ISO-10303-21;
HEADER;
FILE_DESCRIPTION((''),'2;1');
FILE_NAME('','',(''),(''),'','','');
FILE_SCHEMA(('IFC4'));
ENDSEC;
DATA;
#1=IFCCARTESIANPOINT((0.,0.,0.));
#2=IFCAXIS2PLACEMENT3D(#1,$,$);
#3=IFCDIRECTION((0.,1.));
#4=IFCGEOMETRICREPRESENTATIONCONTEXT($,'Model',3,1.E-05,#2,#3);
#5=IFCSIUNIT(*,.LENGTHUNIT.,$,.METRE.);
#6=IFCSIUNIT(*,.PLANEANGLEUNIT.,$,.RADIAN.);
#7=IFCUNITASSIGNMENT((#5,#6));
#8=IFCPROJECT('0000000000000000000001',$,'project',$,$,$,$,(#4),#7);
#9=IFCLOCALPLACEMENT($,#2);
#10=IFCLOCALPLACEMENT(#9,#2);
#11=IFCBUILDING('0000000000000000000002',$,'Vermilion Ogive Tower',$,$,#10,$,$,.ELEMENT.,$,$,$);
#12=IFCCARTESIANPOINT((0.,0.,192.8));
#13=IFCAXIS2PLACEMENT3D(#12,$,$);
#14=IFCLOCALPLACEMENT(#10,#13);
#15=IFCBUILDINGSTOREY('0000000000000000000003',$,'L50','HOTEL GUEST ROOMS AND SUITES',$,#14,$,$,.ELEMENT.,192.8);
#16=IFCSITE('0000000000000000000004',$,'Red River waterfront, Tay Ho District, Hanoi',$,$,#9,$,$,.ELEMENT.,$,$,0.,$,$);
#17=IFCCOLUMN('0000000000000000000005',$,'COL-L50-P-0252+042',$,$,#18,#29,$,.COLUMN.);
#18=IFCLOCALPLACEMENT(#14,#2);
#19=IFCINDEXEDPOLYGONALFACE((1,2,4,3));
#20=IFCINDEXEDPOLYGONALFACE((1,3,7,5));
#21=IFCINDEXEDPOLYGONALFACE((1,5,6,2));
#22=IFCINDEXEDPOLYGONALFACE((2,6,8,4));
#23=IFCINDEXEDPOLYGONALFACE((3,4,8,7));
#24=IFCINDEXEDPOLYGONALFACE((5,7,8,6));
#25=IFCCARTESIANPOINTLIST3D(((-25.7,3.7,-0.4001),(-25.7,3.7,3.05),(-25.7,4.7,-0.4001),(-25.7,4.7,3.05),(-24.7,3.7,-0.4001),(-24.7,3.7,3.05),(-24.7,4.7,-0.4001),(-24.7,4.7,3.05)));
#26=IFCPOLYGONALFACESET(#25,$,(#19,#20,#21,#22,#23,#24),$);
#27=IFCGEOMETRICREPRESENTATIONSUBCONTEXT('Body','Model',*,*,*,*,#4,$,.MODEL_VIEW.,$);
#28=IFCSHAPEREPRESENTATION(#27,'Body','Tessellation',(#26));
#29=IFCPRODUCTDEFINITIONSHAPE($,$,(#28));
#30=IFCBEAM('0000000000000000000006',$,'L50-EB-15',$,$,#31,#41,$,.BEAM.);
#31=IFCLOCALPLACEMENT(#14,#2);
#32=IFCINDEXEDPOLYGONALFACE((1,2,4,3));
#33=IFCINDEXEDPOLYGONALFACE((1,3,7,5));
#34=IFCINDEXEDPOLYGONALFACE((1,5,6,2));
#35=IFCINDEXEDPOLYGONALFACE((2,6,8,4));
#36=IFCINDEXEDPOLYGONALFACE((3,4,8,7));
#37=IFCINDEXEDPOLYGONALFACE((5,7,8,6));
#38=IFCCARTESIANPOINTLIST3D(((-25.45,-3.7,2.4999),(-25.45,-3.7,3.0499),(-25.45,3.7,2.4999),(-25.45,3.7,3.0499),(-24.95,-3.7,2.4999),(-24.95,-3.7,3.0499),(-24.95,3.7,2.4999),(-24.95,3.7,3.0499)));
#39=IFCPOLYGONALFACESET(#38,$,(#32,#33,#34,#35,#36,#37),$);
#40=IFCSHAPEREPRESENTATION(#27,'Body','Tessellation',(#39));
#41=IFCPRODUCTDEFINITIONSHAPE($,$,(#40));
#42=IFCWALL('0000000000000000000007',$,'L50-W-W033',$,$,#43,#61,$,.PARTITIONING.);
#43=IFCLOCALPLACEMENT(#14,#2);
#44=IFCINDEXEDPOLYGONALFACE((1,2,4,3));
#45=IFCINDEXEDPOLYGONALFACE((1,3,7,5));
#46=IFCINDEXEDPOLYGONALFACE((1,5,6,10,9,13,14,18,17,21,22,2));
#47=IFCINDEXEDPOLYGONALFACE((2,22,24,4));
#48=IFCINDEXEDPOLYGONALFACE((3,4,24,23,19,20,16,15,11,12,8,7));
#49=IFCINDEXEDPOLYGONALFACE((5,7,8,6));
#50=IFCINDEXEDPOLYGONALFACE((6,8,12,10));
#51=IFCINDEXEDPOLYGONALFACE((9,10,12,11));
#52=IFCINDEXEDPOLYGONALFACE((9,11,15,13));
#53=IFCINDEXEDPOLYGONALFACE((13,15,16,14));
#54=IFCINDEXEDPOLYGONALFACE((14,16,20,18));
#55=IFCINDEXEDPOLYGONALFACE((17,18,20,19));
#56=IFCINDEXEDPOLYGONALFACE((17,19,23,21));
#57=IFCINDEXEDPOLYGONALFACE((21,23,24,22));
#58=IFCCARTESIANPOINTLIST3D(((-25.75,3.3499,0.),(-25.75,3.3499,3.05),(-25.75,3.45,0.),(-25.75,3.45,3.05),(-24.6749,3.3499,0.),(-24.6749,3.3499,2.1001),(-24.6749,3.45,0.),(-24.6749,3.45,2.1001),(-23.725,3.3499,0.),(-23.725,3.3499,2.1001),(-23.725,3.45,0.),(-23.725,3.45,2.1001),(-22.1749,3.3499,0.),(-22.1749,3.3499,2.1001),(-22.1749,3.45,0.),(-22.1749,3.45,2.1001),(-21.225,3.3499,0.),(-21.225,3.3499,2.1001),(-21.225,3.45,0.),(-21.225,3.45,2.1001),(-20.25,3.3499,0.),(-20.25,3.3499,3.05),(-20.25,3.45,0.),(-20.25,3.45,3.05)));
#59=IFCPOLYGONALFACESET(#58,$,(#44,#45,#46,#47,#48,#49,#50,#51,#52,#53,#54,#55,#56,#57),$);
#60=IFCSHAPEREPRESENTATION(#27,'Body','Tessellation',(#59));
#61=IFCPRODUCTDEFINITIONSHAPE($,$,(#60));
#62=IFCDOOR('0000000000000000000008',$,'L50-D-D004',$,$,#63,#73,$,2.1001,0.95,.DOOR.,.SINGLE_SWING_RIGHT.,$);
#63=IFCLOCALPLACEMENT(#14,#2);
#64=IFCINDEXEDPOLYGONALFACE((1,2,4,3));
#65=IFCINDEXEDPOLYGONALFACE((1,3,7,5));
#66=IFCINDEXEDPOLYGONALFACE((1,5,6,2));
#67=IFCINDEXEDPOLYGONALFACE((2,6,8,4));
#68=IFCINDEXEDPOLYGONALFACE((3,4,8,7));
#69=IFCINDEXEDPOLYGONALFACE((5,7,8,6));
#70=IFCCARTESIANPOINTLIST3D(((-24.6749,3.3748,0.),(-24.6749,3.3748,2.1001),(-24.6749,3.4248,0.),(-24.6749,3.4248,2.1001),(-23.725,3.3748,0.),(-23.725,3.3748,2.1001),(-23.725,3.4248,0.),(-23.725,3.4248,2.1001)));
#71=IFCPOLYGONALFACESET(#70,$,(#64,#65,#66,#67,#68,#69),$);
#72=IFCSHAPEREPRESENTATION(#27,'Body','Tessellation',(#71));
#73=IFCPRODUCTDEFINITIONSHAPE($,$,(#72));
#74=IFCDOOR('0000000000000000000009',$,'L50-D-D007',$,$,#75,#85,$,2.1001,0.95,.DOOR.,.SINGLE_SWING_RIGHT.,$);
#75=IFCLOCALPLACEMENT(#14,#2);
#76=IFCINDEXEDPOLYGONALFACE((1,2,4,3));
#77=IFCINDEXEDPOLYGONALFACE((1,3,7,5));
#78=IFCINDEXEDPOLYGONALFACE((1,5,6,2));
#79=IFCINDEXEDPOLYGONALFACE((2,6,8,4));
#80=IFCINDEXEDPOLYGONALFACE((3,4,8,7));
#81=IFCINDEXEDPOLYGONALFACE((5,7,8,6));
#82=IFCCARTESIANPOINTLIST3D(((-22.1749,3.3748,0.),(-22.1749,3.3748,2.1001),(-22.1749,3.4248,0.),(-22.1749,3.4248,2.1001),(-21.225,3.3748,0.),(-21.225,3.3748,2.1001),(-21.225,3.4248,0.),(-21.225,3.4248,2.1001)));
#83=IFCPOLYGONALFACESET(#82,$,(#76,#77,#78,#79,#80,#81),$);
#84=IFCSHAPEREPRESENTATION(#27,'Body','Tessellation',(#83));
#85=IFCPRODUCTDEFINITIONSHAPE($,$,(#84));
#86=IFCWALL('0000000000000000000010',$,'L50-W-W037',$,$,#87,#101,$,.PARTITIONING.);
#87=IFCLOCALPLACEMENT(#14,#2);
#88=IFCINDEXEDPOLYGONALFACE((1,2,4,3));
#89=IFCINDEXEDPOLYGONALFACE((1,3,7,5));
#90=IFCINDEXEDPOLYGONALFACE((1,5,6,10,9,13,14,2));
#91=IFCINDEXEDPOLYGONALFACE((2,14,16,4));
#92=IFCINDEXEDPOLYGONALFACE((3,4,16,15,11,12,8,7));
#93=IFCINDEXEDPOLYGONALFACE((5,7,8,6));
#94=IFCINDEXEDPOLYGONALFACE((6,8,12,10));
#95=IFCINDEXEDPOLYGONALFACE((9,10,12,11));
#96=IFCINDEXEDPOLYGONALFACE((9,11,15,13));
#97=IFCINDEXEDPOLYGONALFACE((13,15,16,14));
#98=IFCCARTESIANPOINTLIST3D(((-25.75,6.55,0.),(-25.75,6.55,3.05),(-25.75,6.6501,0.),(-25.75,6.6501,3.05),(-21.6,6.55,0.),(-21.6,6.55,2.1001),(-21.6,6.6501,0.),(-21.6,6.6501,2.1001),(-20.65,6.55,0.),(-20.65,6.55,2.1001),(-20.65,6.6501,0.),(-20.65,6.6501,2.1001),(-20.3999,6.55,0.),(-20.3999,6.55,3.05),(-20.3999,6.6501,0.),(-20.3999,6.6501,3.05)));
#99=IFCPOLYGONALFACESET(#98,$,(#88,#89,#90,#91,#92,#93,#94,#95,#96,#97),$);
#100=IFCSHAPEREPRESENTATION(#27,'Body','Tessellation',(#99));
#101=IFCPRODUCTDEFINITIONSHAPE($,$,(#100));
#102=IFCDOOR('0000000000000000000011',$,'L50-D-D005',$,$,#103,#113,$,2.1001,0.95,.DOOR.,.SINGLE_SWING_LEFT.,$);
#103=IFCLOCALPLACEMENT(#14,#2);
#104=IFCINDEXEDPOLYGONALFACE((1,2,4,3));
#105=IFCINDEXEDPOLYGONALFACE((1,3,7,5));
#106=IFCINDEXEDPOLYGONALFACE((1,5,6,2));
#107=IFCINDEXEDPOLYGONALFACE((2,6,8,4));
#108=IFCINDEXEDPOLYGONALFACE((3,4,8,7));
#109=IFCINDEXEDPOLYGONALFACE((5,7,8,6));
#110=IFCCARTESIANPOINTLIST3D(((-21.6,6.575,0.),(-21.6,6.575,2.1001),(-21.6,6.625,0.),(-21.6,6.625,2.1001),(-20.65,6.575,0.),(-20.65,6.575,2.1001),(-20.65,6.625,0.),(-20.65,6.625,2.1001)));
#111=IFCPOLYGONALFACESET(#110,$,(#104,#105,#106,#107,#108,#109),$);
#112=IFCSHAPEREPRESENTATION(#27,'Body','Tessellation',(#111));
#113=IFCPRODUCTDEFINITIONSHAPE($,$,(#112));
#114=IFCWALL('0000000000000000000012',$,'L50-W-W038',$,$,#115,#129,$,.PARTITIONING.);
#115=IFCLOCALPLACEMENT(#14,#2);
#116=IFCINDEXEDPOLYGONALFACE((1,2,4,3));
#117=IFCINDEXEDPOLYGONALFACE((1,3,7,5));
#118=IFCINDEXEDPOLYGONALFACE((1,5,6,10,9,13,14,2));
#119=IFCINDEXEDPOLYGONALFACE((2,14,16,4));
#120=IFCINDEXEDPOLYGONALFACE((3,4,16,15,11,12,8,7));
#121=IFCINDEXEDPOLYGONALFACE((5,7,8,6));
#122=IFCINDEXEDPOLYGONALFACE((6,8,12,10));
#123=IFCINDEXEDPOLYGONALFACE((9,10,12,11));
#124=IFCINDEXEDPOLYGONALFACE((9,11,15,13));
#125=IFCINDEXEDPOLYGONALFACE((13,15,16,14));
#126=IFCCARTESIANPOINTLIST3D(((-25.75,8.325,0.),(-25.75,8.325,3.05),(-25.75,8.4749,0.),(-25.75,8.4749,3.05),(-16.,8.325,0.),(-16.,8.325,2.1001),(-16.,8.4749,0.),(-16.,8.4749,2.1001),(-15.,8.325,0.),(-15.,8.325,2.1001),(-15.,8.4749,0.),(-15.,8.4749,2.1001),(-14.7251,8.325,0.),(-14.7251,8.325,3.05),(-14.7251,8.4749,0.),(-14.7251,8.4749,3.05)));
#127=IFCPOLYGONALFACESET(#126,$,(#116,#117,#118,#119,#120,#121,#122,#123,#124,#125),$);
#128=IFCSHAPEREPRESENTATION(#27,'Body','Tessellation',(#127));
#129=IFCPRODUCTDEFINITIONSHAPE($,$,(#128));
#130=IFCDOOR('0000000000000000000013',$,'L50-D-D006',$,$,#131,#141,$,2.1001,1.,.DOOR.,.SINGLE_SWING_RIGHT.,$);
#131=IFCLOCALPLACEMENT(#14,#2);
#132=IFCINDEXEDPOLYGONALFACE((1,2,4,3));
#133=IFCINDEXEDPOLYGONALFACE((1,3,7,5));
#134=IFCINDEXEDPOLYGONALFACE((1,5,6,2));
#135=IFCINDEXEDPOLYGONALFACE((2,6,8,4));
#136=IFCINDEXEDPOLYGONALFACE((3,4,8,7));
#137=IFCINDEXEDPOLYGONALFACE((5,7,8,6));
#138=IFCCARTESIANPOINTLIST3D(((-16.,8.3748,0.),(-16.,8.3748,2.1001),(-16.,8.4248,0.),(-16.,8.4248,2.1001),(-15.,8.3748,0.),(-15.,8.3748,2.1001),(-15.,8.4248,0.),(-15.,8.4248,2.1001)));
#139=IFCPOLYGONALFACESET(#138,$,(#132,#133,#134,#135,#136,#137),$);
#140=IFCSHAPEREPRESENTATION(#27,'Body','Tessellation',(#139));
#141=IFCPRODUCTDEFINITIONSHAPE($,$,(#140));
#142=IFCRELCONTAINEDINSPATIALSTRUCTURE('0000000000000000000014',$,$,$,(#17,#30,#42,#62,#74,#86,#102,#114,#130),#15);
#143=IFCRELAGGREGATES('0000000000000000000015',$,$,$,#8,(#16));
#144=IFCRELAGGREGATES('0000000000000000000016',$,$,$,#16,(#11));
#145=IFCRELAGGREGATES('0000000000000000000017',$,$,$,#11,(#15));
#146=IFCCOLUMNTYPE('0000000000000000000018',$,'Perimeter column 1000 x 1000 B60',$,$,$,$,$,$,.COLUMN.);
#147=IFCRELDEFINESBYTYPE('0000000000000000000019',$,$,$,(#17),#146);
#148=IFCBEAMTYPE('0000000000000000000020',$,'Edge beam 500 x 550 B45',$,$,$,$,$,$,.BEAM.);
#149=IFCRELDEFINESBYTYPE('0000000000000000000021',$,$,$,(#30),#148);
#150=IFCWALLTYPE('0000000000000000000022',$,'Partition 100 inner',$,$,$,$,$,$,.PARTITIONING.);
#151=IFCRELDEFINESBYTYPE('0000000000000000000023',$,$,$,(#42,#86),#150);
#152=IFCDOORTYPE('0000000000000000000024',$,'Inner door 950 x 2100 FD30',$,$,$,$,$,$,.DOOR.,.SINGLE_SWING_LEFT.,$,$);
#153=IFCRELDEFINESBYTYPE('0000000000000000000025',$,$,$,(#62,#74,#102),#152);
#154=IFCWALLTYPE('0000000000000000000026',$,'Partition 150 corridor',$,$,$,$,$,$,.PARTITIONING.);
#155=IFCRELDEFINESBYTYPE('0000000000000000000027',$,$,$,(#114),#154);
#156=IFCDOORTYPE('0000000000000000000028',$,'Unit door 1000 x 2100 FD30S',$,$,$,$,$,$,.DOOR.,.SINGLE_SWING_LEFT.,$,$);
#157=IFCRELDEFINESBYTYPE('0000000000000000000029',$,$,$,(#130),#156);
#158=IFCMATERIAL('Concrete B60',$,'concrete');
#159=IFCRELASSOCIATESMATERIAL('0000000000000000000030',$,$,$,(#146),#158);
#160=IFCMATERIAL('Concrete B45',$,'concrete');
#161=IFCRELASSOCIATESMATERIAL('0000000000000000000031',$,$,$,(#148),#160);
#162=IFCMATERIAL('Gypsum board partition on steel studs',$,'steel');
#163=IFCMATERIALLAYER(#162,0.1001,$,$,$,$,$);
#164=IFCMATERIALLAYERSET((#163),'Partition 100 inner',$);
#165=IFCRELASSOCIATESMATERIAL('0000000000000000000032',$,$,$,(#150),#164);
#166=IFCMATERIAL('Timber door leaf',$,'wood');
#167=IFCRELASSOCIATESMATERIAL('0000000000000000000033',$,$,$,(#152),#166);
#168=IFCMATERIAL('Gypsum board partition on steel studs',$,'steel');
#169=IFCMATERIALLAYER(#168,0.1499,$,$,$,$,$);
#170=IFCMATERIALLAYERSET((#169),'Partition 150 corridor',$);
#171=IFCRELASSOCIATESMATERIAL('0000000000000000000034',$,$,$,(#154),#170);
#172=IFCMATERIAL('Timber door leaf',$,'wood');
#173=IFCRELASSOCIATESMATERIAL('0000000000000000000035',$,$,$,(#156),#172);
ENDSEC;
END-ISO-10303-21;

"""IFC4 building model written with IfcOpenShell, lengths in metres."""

from ifc_helpers import new_model, si_unit, direction, frame, frame_2d, origin, origin_2d, place, context, subcontext, project, spatial, rectangle, extrude, material, layer, layer_set, material_profile, profile_set, type_object, element, fill, save


model = new_model("IFC4")

# Units and contexts
model_context = context("Model", 3, precision=1e-05, world=origin(), true_north=direction((0.0, 1.0)))
body_context = subcontext(model_context, "Body", "Model", "MODEL_VIEW")
ifc_project = project(units=[si_unit("LENGTHUNIT", "METRE"), si_unit("PLANEANGLEUNIT", "RADIAN")], contexts=[model_context])

# Site, building, storey
site_placement = place(None, origin())
site = spatial("IfcSite", under=ifc_project, at=site_placement, Name="Red River waterfront, Tay Ho District, Hanoi", CompositionType="ELEMENT", RefElevation=0.0)
building_placement = place(site_placement, origin())
building = spatial("IfcBuilding", under=site, at=building_placement, Name="Vermilion Ogive Tower", CompositionType="ELEMENT")
storey_placement = place(building_placement, frame((0.0, 0.0, 192.8)))
storey = spatial("IfcBuildingStorey", under=building, at=storey_placement, Name="L50", Description="HOTEL GUEST ROOMS AND SUITES", CompositionType="ELEMENT", Elevation=192.8)

# Column
ifc_material_1 = material(Name="Concrete B60", Category="concrete")
ifc_material_profile_1 = material_profile(ifc_material_1, rectangle(XDim=1.0, YDim=1.0, at=origin_2d()), Name="1000 x 1000")
ifc_profile_set_1 = profile_set([ifc_material_profile_1], Name="Concrete B60")
column_type = type_object("IfcColumnType", Name="Perimeter column 1000 x 1000 B60", PredefinedType="COLUMN", material=ifc_profile_set_1)
column_placement = place(storey_placement, frame((-25.2, 4.2, -0.4001), z_axis=(0.0, 0.0, 1.0), x_axis=(1.0, 0.0, 0.0)))
element("IfcColumn", 1, at=column_placement, inside=storey, type_object=column_type, Name="COL-L50-P-0252+042", PredefinedType="COLUMN", context=body_context, shape_type="SweptSolid", body=[
    extrude(rectangle(XDim=1.0, YDim=1.0, at=origin_2d()), origin(), (0.0, 0.0, 1.0), 3.4502),
])

# Beam
ifc_material_2 = material(Name="Concrete B45", Category="concrete")
ifc_material_profile_2 = material_profile(ifc_material_2, rectangle(XDim=0.5, YDim=0.55, at=origin_2d()), Name="500 x 550")
ifc_profile_set_2 = profile_set([ifc_material_profile_2], Name="Concrete B45")
beam_type = type_object("IfcBeamType", Name="Edge beam 500 x 550 B45", PredefinedType="BEAM", material=ifc_profile_set_2)
beam_placement = place(storey_placement, frame((-25.2, 3.7, 2.7749), z_axis=(0.0, -1.0, 0.0), x_axis=(1.0, 0.0, 0.0)))
element("IfcBeam", 2, at=beam_placement, inside=storey, type_object=beam_type, Name="L50-EB-15", PredefinedType="BEAM", context=body_context, shape_type="SweptSolid", body=[
    extrude(rectangle(XDim=0.5, YDim=0.55, at=origin_2d()), origin(), (0.0, 0.0, 1.0), 7.3999),
])

# Wall, openings, doors
ifc_material_3 = material(Name="Gypsum board partition on steel studs", Category="steel")
ifc_layer_1 = layer(ifc_material_3, 0.1001)
ifc_layer_set_1 = layer_set([ifc_layer_1], Name="Partition 100 inner")
wall_type_1 = type_object("IfcWallType", Name="Partition 100 inner", PredefinedType="PARTITIONING", material=ifc_layer_set_1)
wall_1_placement = place(storey_placement, frame((-25.75, 3.3999, 0.0), z_axis=(0.0, 0.0, 1.0), x_axis=(1.0, 0.0, 0.0)))
wall_1 = element("IfcWall", 3, at=wall_1_placement, inside=storey, type_object=wall_type_1, Name="L50-W-W033", PredefinedType="PARTITIONING", context=body_context, shape_type="SweptSolid", body=[
    extrude(rectangle(XDim=5.5, YDim=0.1001, at=frame_2d((2.75, 0.0))), origin(), (0.0, 0.0, 1.0), 3.05),
])
opening_1_placement = place(wall_1_placement, frame((1.075, 0.0, 0.0)))
opening_1 = element("IfcOpeningElement", 4, at=opening_1_placement, cuts=wall_1, PredefinedType="OPENING", context=body_context, shape_type="SweptSolid", body=[
    extrude(rectangle(XDim=0.95, YDim=2.1001, at=frame_2d((0.4751, 1.05))), frame((0.0, 0.0601, 0.0), z_axis=(0.0, -1.0, 0.0), x_axis=(1.0, 0.0, 0.0)), (0.0, 0.0, 1.0), 0.1201),
])
opening_2_placement = place(wall_1_placement, frame((3.575, 0.0, 0.0)))
opening_2 = element("IfcOpeningElement", 5, at=opening_2_placement, cuts=wall_1, PredefinedType="OPENING", context=body_context, shape_type="SweptSolid", body=[
    extrude(rectangle(XDim=0.95, YDim=2.1001, at=frame_2d((0.4751, 1.05))), frame((0.0, 0.0601, 0.0), z_axis=(0.0, -1.0, 0.0), x_axis=(1.0, 0.0, 0.0)), (0.0, 0.0, 1.0), 0.1201),
])
ifc_material_4 = material(Name="Timber door leaf", Category="wood")
door_type_1 = type_object("IfcDoorType", Name="Inner door 950 x 2100 FD30", OperationType="SINGLE_SWING_LEFT", PredefinedType="DOOR", material=ifc_material_4)
door_1_placement = place(opening_1_placement, origin())
door_1 = element("IfcDoor", 6, at=door_1_placement, inside=storey, type_object=door_type_1, Name="L50-D-D004", OperationType="SINGLE_SWING_RIGHT", OverallHeight=2.1001, OverallWidth=0.95, PredefinedType="DOOR", context=body_context, shape_type="SweptSolid", body=[
    extrude(rectangle(XDim=0.95, YDim=2.1001, at=frame_2d((0.4751, 1.05))), frame((0.0, 0.0249, 0.0), z_axis=(0.0, -1.0, 0.0), x_axis=(1.0, 0.0, 0.0)), (0.0, 0.0, 1.0), 0.05),
])
fill(opening_1, door_1)
door_2_placement = place(opening_2_placement, origin())
door_2 = element("IfcDoor", 7, at=door_2_placement, inside=storey, type_object=door_type_1, Name="L50-D-D007", OperationType="SINGLE_SWING_RIGHT", OverallHeight=2.1001, OverallWidth=0.95, PredefinedType="DOOR", context=body_context, shape_type="SweptSolid", body=[
    extrude(rectangle(XDim=0.95, YDim=2.1001, at=frame_2d((0.4751, 1.05))), frame((0.0, 0.0249, 0.0), z_axis=(0.0, -1.0, 0.0), x_axis=(1.0, 0.0, 0.0)), (0.0, 0.0, 1.0), 0.05),
])
fill(opening_2, door_2)

# Walls, openings, doors
wall_2_placement = place(storey_placement, frame((-25.75, 6.6001, 0.0), z_axis=(0.0, 0.0, 1.0), x_axis=(1.0, 0.0, 0.0)))
wall_2 = element("IfcWall", 8, at=wall_2_placement, inside=storey, type_object=wall_type_1, Name="L50-W-W037", PredefinedType="PARTITIONING", context=body_context, shape_type="SweptSolid", body=[
    extrude(rectangle(XDim=5.3501, YDim=0.1001, at=frame_2d((2.675, 0.0))), origin(), (0.0, 0.0, 1.0), 3.05),
])
opening_3_placement = place(wall_2_placement, frame((4.1499, 0.0, 0.0)))
opening_3 = element("IfcOpeningElement", 9, at=opening_3_placement, cuts=wall_2, PredefinedType="OPENING", context=body_context, shape_type="SweptSolid", body=[
    extrude(rectangle(XDim=0.95, YDim=2.1001, at=frame_2d((0.4751, 1.05))), frame((0.0, 0.0601, 0.0), z_axis=(0.0, -1.0, 0.0), x_axis=(1.0, 0.0, 0.0)), (0.0, 0.0, 1.0), 0.1201),
])
door_3_placement = place(opening_3_placement, origin())
door_3 = element("IfcDoor", 10, at=door_3_placement, inside=storey, type_object=door_type_1, Name="L50-D-D005", OperationType="SINGLE_SWING_LEFT", OverallHeight=2.1001, OverallWidth=0.95, PredefinedType="DOOR", context=body_context, shape_type="SweptSolid", body=[
    extrude(rectangle(XDim=0.95, YDim=2.1001, at=frame_2d((0.4751, 1.05))), frame((0.0, 0.0249, 0.0), z_axis=(0.0, -1.0, 0.0), x_axis=(1.0, 0.0, 0.0)), (0.0, 0.0, 1.0), 0.05),
])
fill(opening_3, door_3)
ifc_material_5 = material(Name="Gypsum board partition on steel studs", Category="steel")
ifc_layer_2 = layer(ifc_material_5, 0.1499)
ifc_layer_set_2 = layer_set([ifc_layer_2], Name="Partition 150 corridor")
wall_type_2 = type_object("IfcWallType", Name="Partition 150 corridor", PredefinedType="PARTITIONING", material=ifc_layer_set_2)
wall_3_placement = place(storey_placement, frame((-25.75, 8.3999, 0.0), z_axis=(0.0, 0.0, 1.0), x_axis=(1.0, 0.0, 0.0)))
wall_3 = element("IfcWall", 11, at=wall_3_placement, inside=storey, type_object=wall_type_2, Name="L50-W-W038", PredefinedType="PARTITIONING", context=body_context, shape_type="SweptSolid", body=[
    extrude(rectangle(XDim=11.0249, YDim=0.1499, at=frame_2d((5.5125, 0.0))), origin(), (0.0, 0.0, 1.0), 3.05),
])
opening_4_placement = place(wall_3_placement, frame((9.75, 0.0, 0.0)))
opening_4 = element("IfcOpeningElement", 12, at=opening_4_placement, cuts=wall_3, PredefinedType="OPENING", context=body_context, shape_type="SweptSolid", body=[
    extrude(rectangle(XDim=1.0, YDim=2.1001, at=frame_2d((0.5, 1.05))), frame((0.0, 0.085, 0.0), z_axis=(0.0, -1.0, 0.0), x_axis=(1.0, 0.0, 0.0)), (0.0, 0.0, 1.0), 0.1699),
])
ifc_material_6 = material(Name="Timber door leaf", Category="wood")
door_type_2 = type_object("IfcDoorType", Name="Unit door 1000 x 2100 FD30S", OperationType="SINGLE_SWING_LEFT", PredefinedType="DOOR", material=ifc_material_6)
door_4_placement = place(opening_4_placement, origin())
door_4 = element("IfcDoor", 13, at=door_4_placement, inside=storey, type_object=door_type_2, Name="L50-D-D006", OperationType="SINGLE_SWING_RIGHT", OverallHeight=2.1001, OverallWidth=1.0, PredefinedType="DOOR", context=body_context, shape_type="SweptSolid", body=[
    extrude(rectangle(XDim=1.0, YDim=2.1001, at=frame_2d((0.5, 1.05))), frame((0.0, 0.0249, 0.0), z_axis=(0.0, -1.0, 0.0), x_axis=(1.0, 0.0, 0.0)), (0.0, 0.0, 1.0), 0.05),
])
fill(opening_4, door_4)

save(model, "model.ifc")
